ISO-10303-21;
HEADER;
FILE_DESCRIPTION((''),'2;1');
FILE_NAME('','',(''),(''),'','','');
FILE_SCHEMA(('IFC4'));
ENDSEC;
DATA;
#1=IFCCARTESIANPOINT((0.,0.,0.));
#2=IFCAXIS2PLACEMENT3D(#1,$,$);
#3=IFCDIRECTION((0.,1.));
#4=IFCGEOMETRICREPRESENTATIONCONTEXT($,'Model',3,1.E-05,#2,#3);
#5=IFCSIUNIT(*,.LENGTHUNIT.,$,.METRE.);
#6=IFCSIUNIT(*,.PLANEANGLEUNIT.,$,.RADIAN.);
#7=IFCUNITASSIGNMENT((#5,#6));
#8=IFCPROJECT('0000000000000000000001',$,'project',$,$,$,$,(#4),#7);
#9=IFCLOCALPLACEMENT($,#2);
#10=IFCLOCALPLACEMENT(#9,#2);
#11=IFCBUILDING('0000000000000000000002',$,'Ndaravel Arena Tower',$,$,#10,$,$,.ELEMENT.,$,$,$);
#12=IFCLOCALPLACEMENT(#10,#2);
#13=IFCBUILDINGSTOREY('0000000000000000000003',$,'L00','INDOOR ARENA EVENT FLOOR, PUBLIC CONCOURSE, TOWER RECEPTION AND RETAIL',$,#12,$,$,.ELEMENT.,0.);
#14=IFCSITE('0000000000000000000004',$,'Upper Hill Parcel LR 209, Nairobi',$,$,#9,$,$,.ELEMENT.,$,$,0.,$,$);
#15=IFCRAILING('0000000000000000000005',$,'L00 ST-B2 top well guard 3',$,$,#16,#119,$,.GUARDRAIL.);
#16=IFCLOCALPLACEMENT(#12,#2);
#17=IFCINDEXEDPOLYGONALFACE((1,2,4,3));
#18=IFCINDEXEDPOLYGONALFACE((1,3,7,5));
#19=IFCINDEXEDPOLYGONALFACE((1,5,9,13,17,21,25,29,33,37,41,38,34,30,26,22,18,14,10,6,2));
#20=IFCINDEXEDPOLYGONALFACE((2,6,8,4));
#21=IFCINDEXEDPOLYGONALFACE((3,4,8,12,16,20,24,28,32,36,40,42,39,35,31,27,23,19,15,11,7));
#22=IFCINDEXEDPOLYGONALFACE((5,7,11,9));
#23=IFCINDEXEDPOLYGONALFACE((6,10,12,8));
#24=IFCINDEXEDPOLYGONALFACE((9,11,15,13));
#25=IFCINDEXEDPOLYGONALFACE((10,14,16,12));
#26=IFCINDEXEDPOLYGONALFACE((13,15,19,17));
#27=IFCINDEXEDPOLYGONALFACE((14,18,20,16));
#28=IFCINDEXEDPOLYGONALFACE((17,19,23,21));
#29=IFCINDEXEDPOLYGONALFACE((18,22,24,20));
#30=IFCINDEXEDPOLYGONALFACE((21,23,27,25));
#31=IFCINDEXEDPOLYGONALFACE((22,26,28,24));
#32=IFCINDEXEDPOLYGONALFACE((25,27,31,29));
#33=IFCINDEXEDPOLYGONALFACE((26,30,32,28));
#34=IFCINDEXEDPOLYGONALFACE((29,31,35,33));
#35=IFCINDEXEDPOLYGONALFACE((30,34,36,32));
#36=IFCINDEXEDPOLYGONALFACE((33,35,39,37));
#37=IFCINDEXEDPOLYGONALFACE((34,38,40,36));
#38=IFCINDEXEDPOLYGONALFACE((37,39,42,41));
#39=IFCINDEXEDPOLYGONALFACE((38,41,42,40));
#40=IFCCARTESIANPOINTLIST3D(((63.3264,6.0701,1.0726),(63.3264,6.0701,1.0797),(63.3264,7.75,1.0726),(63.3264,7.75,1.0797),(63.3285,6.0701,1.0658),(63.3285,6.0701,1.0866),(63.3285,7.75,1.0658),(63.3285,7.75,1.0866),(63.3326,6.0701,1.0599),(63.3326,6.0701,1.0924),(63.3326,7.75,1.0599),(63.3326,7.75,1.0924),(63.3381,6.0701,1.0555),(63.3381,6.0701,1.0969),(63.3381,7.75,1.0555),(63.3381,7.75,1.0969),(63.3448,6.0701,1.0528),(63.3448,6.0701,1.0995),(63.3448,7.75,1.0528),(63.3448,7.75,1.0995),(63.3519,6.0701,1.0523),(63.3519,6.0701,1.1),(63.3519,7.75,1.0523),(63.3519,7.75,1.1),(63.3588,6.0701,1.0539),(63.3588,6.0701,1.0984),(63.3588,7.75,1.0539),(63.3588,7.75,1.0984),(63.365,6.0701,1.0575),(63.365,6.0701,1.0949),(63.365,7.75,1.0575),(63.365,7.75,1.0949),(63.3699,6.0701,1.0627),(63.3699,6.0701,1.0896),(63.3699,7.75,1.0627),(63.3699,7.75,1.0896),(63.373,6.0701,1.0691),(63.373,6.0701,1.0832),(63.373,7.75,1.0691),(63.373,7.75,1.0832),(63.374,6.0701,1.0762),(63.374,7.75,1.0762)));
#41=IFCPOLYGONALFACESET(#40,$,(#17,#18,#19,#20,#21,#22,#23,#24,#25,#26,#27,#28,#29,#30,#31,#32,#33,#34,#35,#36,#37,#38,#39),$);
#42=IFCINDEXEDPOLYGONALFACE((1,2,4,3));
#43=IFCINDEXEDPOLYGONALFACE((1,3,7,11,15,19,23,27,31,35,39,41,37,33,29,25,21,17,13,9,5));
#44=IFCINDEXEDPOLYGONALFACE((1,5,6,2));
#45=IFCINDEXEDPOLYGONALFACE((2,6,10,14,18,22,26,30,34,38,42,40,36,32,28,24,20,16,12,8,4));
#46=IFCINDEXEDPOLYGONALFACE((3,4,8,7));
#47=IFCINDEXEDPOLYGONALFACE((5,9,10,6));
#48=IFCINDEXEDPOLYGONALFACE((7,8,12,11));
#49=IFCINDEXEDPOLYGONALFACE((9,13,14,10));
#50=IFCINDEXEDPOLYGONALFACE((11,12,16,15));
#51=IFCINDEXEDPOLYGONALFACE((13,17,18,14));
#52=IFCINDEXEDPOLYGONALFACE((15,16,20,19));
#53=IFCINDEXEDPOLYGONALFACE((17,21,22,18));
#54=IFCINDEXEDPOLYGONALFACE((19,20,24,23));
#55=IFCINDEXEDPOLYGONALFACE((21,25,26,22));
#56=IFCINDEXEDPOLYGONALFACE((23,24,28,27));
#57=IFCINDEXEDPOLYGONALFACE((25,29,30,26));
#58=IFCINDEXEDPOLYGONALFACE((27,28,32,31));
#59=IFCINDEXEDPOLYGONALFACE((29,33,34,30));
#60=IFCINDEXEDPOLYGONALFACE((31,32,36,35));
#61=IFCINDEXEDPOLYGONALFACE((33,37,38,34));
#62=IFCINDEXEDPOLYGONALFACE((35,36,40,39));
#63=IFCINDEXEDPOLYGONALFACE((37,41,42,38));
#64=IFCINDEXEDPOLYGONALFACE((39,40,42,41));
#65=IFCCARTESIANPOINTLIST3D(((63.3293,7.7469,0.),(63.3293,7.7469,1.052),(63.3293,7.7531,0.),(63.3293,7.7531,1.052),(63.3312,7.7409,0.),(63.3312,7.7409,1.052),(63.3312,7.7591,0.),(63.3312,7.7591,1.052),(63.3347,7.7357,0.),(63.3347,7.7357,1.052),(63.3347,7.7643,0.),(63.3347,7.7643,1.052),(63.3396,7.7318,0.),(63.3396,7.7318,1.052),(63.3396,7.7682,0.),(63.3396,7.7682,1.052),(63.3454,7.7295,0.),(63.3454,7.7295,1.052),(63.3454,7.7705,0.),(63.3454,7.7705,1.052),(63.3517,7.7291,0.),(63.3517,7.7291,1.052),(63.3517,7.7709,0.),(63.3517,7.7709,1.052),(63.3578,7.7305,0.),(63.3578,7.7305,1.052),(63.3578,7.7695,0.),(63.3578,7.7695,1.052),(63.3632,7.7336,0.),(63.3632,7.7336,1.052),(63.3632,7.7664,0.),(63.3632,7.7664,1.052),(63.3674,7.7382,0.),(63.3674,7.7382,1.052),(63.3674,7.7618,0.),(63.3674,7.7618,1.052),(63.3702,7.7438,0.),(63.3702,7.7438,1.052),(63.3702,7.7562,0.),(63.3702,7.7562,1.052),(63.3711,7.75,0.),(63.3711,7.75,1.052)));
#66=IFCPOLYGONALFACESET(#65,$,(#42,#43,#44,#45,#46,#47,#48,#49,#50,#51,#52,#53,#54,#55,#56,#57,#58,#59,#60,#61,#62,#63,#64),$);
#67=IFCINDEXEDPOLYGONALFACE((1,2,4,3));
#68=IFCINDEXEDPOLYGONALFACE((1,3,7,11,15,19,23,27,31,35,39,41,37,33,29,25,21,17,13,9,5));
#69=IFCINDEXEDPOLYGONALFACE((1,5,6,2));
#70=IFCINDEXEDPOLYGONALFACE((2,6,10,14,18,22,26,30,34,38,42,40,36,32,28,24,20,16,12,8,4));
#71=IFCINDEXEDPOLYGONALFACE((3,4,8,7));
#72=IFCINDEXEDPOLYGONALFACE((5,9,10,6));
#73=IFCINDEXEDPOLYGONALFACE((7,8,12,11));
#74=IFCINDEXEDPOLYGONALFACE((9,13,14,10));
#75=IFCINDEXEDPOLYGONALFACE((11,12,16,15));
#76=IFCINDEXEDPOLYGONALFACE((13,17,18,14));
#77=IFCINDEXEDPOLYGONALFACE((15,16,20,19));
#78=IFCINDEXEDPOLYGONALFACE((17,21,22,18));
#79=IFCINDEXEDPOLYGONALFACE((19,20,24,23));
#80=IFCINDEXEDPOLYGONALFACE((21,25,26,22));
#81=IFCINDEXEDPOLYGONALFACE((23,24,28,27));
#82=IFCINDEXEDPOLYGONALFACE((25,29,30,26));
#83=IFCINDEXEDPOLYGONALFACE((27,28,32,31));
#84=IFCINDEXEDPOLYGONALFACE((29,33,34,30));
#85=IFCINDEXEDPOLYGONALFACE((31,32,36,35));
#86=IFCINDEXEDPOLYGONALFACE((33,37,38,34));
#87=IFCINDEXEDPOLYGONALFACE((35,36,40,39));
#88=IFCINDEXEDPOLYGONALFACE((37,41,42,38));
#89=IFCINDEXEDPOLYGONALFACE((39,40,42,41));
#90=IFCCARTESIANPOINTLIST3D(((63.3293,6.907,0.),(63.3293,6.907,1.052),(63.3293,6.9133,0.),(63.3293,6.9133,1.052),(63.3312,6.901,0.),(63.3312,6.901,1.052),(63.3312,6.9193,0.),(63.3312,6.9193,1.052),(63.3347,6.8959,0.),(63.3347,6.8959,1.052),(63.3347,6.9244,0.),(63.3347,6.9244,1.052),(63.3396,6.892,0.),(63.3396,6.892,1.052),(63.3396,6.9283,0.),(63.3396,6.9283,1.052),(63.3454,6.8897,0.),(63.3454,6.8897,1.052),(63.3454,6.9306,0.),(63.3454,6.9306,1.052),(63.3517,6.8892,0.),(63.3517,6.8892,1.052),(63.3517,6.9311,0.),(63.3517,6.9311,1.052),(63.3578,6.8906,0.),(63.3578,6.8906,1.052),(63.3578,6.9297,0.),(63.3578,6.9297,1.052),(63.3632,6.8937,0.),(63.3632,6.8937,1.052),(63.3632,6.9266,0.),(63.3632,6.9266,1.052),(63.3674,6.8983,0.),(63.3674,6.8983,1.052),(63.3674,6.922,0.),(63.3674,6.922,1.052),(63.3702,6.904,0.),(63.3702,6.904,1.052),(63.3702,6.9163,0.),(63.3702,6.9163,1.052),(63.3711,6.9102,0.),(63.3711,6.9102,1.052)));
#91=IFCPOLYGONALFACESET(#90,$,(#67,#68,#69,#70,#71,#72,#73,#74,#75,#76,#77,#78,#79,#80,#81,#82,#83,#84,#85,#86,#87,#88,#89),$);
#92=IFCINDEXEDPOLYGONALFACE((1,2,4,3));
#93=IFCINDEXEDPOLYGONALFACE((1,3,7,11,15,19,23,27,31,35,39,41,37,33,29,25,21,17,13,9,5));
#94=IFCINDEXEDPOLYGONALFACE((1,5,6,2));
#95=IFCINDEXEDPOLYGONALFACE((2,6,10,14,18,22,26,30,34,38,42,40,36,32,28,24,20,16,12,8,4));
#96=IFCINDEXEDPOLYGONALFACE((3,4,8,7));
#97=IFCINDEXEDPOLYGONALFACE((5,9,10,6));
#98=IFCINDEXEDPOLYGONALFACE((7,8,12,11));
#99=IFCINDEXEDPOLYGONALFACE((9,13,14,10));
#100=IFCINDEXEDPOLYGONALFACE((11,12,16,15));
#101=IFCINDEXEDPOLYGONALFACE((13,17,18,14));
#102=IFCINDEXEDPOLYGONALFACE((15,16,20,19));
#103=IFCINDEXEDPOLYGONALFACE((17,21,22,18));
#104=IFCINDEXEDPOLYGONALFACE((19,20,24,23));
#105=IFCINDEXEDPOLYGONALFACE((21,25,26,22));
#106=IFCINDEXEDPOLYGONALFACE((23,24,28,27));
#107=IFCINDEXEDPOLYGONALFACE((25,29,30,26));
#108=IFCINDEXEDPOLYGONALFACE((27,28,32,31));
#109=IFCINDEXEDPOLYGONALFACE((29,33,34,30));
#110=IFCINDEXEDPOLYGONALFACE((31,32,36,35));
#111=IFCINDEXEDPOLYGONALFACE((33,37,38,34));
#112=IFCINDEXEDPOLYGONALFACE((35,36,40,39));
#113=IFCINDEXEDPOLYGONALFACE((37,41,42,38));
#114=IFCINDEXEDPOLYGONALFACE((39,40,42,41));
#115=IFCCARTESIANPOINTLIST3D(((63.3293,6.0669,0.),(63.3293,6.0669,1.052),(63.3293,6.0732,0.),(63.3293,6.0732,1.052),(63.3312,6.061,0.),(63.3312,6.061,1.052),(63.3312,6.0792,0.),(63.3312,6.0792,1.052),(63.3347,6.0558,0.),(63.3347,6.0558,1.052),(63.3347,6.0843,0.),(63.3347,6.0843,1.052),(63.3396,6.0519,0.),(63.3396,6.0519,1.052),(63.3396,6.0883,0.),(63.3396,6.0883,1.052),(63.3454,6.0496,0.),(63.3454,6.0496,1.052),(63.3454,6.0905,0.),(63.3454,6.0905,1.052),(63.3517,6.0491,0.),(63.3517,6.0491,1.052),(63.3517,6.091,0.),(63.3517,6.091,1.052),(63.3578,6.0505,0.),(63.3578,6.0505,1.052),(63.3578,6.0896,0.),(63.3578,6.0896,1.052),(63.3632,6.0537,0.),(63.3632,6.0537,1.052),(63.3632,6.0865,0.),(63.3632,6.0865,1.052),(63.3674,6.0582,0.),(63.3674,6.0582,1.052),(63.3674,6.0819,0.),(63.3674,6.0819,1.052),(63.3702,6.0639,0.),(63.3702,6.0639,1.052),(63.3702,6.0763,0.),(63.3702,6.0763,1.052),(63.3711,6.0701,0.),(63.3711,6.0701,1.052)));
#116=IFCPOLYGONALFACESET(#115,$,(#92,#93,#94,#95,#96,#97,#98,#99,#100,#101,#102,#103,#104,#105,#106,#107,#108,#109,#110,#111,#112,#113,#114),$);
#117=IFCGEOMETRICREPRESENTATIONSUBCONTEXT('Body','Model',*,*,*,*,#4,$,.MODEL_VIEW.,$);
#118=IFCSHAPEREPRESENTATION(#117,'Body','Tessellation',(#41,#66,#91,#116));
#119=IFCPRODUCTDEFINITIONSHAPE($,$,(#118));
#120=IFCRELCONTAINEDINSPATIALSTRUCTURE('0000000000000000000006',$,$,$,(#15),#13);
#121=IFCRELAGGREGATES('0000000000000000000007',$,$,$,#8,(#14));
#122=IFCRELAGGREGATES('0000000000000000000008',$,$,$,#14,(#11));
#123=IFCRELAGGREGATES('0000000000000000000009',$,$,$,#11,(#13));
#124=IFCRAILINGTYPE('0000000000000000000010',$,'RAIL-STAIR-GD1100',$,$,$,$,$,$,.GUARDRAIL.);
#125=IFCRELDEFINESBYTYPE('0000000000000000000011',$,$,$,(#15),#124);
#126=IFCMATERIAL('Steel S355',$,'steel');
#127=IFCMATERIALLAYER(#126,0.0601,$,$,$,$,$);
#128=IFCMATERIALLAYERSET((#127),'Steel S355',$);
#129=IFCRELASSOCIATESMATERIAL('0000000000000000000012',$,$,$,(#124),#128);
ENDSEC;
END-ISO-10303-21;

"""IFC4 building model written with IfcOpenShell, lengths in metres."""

from ifc_helpers import new_model, si_unit, direction, frame, origin, origin_2d, place, context, subcontext, project, spatial, circle, extrude, material, layer, layer_set, type_object, element, save


model = new_model("IFC4")

# Units and contexts
model_context = context("Model", 3, precision=1e-05, world=origin(), true_north=direction((0.0, 1.0)))
body_context = subcontext(model_context, "Body", "Model", "MODEL_VIEW")
ifc_project = project(units=[si_unit("LENGTHUNIT", "METRE"), si_unit("PLANEANGLEUNIT", "RADIAN")], contexts=[model_context])

# Site, building, storey
site_placement = place(None, origin())
site = spatial("IfcSite", under=ifc_project, at=site_placement, Name="Upper Hill Parcel LR 209, Nairobi", CompositionType="ELEMENT", RefElevation=0.0)
building_placement = place(site_placement, origin())
building = spatial("IfcBuilding", under=site, at=building_placement, Name="Ndaravel Arena Tower", CompositionType="ELEMENT")
storey_placement = place(building_placement, origin())
storey = spatial("IfcBuildingStorey", under=building, at=storey_placement, Name="L00", Description="INDOOR ARENA EVENT FLOOR, PUBLIC CONCOURSE, TOWER RECEPTION AND RETAIL", CompositionType="ELEMENT", Elevation=0.0)

# Railing
ifc_material_1 = material(Name="Steel S355", Category="steel")
ifc_layer_1 = layer(ifc_material_1, 0.0601)
ifc_layer_set_1 = layer_set([ifc_layer_1], Name="Steel S355")
railing_type_1 = type_object("IfcRailingType", Name="RAIL-STAIR-GD1100", PredefinedType="GUARDRAIL", material=ifc_layer_set_1)
for number, where, name in (
    (1, (63.3501, 7.75, 0.0), "L00 ST-B2 top well guard 3"),
):
    element("IfcRailing", number, at=place(storey_placement, frame(where)), inside=storey, type_object=railing_type_1, Name=name, PredefinedType="GUARDRAIL", context=body_context, shape_type="SweptSolid", body=[
        extrude(circle(Radius=0.0239, at=origin_2d()), frame((0.0, 0.0, 1.0762), z_axis=(0.0, -1.0, 0.0), x_axis=(1.0, 0.0, 0.0)), (0.0, 0.0, 1.0), 1.6799),
        extrude(circle(Radius=0.021, at=origin_2d()), origin(), (0.0, 0.0, 1.0), 1.052),
        extrude(circle(Radius=0.021, at=origin_2d()), frame((0.0, -0.8398, 0.0)), (0.0, 0.0, 1.0), 1.052),
        extrude(circle(Radius=0.021, at=origin_2d()), frame((0.0, -1.6799, 0.0)), (0.0, 0.0, 1.0), 1.052),
    ])

save(model, "model.ifc")
